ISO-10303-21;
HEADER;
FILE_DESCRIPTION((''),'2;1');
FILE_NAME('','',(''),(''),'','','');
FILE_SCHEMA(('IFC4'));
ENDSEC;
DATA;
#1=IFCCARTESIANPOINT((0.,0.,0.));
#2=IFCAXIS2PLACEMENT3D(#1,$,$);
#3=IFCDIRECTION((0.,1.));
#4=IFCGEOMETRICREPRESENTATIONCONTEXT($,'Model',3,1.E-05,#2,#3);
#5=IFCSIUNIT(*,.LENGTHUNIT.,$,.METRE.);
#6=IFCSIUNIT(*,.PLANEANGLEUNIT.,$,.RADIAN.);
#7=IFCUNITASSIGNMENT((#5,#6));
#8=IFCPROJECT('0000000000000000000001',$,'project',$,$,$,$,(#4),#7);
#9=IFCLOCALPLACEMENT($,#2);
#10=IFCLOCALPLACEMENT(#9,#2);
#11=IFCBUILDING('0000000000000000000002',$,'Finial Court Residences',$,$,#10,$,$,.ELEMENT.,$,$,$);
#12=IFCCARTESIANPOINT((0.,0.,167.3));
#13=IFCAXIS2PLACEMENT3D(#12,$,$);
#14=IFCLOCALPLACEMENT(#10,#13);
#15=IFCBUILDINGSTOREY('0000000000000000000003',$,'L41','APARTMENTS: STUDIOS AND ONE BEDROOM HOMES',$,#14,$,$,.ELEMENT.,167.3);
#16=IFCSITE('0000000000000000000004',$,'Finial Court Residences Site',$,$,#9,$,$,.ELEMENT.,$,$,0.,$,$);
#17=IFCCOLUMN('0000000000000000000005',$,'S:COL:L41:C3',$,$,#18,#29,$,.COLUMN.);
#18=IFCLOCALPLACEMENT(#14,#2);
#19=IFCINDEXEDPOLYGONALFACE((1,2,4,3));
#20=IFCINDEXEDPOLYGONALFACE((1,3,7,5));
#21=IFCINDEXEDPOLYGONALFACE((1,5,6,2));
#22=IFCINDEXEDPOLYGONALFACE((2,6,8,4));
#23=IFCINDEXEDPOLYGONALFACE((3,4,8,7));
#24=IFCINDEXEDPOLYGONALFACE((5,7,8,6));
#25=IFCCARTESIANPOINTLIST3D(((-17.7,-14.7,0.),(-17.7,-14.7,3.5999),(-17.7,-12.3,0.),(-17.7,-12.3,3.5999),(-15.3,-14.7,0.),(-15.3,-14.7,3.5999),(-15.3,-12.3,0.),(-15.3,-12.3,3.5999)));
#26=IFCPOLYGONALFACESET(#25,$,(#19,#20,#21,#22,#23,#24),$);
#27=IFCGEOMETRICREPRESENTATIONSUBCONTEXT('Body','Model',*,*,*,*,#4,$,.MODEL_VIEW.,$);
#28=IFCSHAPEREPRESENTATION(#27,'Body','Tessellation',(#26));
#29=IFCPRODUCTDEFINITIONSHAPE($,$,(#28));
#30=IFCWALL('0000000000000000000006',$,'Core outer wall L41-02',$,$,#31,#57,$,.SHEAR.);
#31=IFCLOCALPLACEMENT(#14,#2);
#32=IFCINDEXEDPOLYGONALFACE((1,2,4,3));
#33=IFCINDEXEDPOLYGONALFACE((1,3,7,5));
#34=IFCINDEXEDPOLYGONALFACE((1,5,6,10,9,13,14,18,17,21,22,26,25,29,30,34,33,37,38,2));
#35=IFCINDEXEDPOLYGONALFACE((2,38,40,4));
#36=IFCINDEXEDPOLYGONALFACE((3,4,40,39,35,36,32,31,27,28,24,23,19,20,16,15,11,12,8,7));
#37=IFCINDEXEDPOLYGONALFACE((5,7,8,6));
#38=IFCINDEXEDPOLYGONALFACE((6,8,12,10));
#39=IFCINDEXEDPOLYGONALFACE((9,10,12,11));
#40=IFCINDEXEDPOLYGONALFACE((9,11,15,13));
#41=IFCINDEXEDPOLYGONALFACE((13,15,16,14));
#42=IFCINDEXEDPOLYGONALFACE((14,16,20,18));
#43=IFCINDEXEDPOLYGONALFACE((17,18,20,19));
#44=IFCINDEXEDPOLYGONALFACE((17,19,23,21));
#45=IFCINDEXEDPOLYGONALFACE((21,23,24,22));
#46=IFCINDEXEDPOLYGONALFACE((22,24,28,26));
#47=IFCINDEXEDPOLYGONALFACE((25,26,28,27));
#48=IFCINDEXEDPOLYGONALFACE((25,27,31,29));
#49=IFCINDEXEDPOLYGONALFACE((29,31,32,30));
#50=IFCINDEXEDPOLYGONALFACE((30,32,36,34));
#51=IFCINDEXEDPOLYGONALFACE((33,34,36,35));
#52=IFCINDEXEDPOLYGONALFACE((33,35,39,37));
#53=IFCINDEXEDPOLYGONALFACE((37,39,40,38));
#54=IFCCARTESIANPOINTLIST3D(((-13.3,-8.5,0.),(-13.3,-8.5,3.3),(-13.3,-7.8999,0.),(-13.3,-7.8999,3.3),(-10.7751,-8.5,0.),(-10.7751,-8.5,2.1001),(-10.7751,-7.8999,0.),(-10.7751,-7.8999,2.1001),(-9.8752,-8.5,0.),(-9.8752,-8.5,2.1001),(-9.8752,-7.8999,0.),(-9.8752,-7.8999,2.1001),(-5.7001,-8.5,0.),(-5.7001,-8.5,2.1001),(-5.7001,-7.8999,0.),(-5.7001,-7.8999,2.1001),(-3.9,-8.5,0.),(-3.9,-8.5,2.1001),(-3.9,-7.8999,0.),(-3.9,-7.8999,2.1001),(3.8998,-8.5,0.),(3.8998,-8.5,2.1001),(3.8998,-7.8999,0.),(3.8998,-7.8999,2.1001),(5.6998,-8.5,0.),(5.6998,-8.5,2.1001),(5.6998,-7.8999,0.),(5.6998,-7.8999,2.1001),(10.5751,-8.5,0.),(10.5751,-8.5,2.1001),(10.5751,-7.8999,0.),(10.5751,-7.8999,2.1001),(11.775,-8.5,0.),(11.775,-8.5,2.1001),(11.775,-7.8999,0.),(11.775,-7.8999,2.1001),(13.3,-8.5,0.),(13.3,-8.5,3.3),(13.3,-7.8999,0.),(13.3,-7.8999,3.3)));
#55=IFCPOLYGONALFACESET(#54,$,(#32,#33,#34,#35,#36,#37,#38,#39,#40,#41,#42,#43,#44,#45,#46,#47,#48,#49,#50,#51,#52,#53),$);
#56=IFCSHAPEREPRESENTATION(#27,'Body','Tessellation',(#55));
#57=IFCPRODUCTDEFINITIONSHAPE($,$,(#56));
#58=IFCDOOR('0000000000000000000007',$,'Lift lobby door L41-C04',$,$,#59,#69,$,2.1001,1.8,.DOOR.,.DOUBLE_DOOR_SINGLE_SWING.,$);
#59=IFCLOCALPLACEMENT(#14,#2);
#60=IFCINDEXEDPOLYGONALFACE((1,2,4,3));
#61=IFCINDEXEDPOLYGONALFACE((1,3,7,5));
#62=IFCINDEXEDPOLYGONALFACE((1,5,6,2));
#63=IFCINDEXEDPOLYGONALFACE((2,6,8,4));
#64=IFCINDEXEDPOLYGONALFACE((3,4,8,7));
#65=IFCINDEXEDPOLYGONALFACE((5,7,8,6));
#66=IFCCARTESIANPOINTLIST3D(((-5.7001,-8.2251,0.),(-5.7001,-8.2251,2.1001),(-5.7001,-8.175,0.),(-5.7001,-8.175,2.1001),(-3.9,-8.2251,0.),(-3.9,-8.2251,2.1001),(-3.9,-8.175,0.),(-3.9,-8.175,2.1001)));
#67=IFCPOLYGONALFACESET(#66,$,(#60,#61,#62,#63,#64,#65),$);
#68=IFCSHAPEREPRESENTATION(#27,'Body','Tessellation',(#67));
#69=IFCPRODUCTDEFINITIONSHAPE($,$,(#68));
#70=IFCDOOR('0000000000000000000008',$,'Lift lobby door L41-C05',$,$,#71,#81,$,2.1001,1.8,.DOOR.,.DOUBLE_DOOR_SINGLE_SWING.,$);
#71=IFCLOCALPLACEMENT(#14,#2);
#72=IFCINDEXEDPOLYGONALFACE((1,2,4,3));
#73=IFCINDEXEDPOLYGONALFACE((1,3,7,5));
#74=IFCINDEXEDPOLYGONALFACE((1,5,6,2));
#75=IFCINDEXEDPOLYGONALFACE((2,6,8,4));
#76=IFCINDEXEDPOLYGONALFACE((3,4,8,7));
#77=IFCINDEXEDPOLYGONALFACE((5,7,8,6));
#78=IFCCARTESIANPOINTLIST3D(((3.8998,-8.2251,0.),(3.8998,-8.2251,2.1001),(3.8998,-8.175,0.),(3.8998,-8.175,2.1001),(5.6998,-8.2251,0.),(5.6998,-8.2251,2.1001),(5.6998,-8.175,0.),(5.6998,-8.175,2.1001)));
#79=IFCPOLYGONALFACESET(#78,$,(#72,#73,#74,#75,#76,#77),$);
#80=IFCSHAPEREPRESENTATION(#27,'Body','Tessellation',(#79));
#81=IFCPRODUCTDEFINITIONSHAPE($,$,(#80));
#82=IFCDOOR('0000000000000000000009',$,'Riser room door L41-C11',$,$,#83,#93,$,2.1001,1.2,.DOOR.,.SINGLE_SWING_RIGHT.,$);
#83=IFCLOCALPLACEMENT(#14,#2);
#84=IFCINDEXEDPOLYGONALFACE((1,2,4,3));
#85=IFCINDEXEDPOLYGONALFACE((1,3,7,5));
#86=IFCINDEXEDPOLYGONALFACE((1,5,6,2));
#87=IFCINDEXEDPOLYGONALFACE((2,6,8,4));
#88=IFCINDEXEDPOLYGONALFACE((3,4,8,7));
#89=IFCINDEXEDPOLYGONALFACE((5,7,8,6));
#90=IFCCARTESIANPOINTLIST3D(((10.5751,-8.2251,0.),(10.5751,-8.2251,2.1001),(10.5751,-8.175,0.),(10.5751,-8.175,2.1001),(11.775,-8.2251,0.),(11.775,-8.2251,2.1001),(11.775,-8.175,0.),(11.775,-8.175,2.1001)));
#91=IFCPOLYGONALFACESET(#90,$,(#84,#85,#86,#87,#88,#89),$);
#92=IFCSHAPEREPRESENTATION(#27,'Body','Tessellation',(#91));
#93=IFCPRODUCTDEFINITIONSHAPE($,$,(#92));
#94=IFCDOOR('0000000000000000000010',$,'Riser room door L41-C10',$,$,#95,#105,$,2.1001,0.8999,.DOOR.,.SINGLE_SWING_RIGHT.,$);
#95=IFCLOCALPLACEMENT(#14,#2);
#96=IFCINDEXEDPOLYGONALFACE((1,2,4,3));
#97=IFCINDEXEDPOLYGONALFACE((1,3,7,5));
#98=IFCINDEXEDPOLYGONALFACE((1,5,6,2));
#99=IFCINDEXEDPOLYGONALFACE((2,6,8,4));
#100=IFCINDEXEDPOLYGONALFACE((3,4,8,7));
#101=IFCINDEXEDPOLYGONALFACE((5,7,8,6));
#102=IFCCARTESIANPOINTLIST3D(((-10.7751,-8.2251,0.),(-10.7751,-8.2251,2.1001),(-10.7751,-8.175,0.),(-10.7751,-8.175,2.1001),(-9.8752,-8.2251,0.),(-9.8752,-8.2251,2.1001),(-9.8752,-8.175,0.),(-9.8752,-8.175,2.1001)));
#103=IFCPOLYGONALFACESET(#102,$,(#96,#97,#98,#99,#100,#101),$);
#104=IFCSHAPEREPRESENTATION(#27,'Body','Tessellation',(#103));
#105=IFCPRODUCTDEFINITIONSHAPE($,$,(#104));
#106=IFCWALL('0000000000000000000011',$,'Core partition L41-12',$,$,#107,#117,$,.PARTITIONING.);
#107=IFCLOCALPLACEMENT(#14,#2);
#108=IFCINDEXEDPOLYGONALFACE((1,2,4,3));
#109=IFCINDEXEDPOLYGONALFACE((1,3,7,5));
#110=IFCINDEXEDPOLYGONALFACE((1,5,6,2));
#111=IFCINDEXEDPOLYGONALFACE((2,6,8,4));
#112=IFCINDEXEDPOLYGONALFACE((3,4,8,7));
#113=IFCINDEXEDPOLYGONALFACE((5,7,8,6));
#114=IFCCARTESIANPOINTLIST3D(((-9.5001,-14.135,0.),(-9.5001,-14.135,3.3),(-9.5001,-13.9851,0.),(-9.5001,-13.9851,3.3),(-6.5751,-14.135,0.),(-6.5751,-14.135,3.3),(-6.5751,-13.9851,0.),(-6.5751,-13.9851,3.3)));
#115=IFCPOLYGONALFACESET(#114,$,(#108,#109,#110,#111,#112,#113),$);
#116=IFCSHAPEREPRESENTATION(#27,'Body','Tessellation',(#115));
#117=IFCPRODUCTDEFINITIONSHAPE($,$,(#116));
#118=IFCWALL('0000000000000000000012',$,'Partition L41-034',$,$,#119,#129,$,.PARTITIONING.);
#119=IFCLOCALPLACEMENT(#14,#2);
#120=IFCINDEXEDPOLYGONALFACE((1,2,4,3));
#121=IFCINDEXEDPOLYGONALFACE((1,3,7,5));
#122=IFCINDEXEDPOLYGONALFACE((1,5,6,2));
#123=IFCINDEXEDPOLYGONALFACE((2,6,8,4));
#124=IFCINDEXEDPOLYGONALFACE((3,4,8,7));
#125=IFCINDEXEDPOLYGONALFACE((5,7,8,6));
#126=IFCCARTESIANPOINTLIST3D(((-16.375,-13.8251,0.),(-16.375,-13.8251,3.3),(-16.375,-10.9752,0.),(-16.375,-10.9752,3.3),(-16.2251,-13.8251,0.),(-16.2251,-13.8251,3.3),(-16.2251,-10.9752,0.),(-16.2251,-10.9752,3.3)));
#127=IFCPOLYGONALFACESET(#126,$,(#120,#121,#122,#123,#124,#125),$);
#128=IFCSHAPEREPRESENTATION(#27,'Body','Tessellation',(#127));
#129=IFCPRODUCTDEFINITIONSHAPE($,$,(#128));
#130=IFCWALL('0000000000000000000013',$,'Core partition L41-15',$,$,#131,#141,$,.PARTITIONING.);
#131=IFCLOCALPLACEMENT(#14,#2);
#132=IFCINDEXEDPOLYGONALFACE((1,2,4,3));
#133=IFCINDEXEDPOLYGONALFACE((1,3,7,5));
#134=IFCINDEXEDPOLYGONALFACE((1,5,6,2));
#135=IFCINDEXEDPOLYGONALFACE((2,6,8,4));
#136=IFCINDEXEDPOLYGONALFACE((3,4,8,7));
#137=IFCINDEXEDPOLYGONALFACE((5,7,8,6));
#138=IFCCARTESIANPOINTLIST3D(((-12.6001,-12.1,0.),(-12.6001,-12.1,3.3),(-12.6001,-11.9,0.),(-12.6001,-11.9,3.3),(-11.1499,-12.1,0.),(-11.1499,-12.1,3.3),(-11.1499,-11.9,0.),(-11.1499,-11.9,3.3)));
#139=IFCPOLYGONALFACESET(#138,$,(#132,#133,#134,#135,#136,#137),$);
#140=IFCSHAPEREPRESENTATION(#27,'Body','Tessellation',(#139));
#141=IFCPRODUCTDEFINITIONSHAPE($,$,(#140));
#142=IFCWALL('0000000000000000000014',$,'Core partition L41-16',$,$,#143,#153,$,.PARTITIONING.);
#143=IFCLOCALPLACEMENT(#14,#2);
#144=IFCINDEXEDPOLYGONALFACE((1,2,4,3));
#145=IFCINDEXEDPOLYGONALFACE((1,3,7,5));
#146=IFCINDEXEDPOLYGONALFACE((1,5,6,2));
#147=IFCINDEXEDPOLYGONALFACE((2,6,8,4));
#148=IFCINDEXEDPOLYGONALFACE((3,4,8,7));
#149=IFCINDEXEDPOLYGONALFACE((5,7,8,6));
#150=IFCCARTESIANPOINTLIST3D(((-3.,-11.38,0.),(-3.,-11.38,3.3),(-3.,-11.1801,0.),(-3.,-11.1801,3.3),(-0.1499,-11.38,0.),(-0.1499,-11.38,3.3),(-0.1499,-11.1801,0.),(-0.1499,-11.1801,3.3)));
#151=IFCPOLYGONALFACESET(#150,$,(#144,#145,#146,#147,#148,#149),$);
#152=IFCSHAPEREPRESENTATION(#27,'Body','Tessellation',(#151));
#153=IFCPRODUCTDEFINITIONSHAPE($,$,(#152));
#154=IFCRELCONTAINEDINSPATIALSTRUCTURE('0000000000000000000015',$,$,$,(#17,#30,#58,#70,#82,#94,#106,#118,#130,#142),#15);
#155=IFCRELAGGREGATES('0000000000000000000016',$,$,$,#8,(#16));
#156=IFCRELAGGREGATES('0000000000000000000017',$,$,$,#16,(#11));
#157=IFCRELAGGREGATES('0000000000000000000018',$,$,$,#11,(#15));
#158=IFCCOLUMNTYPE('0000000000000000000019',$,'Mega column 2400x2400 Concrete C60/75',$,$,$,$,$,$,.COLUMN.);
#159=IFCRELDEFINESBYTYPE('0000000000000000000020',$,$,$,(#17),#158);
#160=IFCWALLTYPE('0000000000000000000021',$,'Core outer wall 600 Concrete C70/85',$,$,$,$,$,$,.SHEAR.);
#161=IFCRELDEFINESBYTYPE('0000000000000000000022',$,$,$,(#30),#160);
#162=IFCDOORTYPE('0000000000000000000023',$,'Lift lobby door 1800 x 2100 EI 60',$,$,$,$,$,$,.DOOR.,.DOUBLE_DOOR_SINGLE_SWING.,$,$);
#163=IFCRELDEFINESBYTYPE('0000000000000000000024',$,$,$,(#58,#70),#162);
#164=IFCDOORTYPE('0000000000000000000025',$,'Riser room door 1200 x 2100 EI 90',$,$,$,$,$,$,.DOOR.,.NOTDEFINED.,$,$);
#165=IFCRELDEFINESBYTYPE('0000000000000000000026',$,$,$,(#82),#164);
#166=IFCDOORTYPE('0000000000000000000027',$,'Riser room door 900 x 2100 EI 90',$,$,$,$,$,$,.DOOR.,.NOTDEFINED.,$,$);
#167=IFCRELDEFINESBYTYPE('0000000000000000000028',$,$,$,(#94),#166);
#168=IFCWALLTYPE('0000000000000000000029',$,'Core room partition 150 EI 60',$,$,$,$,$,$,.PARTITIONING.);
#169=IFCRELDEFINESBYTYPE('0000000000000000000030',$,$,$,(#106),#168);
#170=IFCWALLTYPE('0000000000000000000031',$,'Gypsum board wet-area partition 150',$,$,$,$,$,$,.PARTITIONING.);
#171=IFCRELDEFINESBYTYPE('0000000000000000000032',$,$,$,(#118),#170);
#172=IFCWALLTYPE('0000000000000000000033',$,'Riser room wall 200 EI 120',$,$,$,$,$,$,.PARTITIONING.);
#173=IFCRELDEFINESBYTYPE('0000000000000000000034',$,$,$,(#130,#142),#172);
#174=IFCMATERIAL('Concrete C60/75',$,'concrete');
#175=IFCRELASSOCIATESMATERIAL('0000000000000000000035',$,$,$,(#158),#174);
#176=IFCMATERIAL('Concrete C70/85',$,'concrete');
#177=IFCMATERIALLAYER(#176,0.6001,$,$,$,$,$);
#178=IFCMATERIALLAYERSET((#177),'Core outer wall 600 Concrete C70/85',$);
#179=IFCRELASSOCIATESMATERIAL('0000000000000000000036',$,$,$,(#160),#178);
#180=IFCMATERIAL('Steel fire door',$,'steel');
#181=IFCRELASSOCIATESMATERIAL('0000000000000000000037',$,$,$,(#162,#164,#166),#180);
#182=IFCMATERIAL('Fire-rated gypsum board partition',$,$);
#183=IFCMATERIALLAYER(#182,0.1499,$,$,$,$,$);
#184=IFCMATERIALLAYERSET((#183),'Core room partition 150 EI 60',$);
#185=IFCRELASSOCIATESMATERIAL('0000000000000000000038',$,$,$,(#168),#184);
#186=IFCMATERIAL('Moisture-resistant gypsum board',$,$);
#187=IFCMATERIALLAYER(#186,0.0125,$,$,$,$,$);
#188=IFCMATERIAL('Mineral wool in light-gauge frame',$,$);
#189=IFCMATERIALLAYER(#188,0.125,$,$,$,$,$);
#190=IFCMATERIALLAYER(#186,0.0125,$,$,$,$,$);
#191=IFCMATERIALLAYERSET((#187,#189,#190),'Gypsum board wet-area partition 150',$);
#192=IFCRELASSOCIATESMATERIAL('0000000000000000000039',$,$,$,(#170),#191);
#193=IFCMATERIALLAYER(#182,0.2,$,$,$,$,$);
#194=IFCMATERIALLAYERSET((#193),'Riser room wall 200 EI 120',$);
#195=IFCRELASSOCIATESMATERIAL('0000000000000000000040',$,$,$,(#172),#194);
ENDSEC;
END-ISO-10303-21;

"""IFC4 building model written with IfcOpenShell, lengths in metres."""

from ifc_helpers import new_model, si_unit, direction, frame, frame_2d, origin, origin_2d, place, context, subcontext, project, spatial, rectangle, extrude, material, layer, layer_set, material_profile, profile_set, type_object, element, fill, save


model = new_model("IFC4")

# Units and contexts
model_context = context("Model", 3, precision=1e-05, world=origin(), true_north=direction((0.0, 1.0)))
body_context = subcontext(model_context, "Body", "Model", "MODEL_VIEW")
ifc_project = project(units=[si_unit("LENGTHUNIT", "METRE"), si_unit("PLANEANGLEUNIT", "RADIAN")], contexts=[model_context])

# Site, building, storey
site_placement = place(None, origin())
site = spatial("IfcSite", under=ifc_project, at=site_placement, Name="Finial Court Residences Site", CompositionType="ELEMENT", RefElevation=0.0)
building_placement = place(site_placement, origin())
building = spatial("IfcBuilding", under=site, at=building_placement, Name="Finial Court Residences", CompositionType="ELEMENT")
storey_placement = place(building_placement, frame((0.0, 0.0, 167.3)))
storey = spatial("IfcBuildingStorey", under=building, at=storey_placement, Name="L41", Description="APARTMENTS: STUDIOS AND ONE BEDROOM HOMES", CompositionType="ELEMENT", Elevation=167.3)

# Column
ifc_material_1 = material(Name="Concrete C60/75", Category="concrete")
ifc_material_profile = material_profile(ifc_material_1, rectangle(XDim=2.3999, YDim=2.3999, at=origin_2d()), Name="2400x2400")
ifc_profile_set = profile_set([ifc_material_profile], Name="Concrete C60/75")
column_type = type_object("IfcColumnType", Name="Mega column 2400x2400 Concrete C60/75", PredefinedType="COLUMN", material=ifc_profile_set)
column_placement = place(storey_placement, frame((-16.5, -13.5, 0.0), z_axis=(0.0, 0.0, 1.0), x_axis=(1.0, 0.0, 0.0)))
element("IfcColumn", 1, at=column_placement, inside=storey, type_object=column_type, Name="S:COL:L41:C3", PredefinedType="COLUMN", context=body_context, shape_type="SweptSolid", body=[
    extrude(rectangle(XDim=2.3999, YDim=2.3999, at=origin_2d()), origin(), (0.0, 0.0, 1.0), 3.5999),
])

# Wall, openings, doors
ifc_material_2 = material(Name="Concrete C70/85", Category="concrete")
ifc_layer_1 = layer(ifc_material_2, 0.6001)
ifc_layer_set_1 = layer_set([ifc_layer_1], Name="Core outer wall 600 Concrete C70/85")
wall_type_1 = type_object("IfcWallType", Name="Core outer wall 600 Concrete C70/85", PredefinedType="SHEAR", material=ifc_layer_set_1)
wall_1_placement = place(storey_placement, frame((-13.3, -8.2, 0.0), z_axis=(0.0, 0.0, 1.0), x_axis=(1.0, 0.0, 0.0)))
wall_1 = element("IfcWall", 2, at=wall_1_placement, inside=storey, type_object=wall_type_1, Name="Core outer wall L41-02", PredefinedType="SHEAR", context=body_context, shape_type="SweptSolid", body=[
    extrude(rectangle(XDim=26.6001, YDim=0.6001, at=frame_2d((13.3, 0.0))), origin(), (0.0, 0.0, 1.0), 3.3),
])
opening_1_placement = place(wall_1_placement, frame((7.6001, 0.0, 0.0)))
opening_1 = element("IfcOpeningElement", 3, at=opening_1_placement, cuts=wall_1, PredefinedType="OPENING", context=body_context, shape_type="SweptSolid", body=[
    extrude(rectangle(XDim=1.8, YDim=2.1001, at=frame_2d((0.8999, 1.05))), frame((0.0, 0.3101, 0.0), z_axis=(0.0, -1.0, 0.0), x_axis=(1.0, 0.0, 0.0)), (0.0, 0.0, 1.0), 0.6201),
])
opening_2_placement = place(wall_1_placement, frame((17.2, 0.0, 0.0)))
opening_2 = element("IfcOpeningElement", 4, at=opening_2_placement, cuts=wall_1, PredefinedType="OPENING", context=body_context, shape_type="SweptSolid", body=[
    extrude(rectangle(XDim=1.8, YDim=2.1001, at=frame_2d((0.8999, 1.05))), frame((0.0, 0.3101, 0.0), z_axis=(0.0, -1.0, 0.0), x_axis=(1.0, 0.0, 0.0)), (0.0, 0.0, 1.0), 0.6201),
])
opening_3_placement = place(wall_1_placement, frame((2.5249, 0.0, 0.0)))
opening_3 = element("IfcOpeningElement", 5, at=opening_3_placement, cuts=wall_1, PredefinedType="OPENING", context=body_context, shape_type="SweptSolid", body=[
    extrude(rectangle(XDim=0.8999, YDim=2.1001, at=frame_2d((0.45, 1.05))), frame((0.0, 0.3101, 0.0), z_axis=(0.0, -1.0, 0.0), x_axis=(1.0, 0.0, 0.0)), (0.0, 0.0, 1.0), 0.6201),
])
opening_4_placement = place(wall_1_placement, frame((23.875, 0.0, 0.0)))
opening_4 = element("IfcOpeningElement", 6, at=opening_4_placement, cuts=wall_1, PredefinedType="OPENING", context=body_context, shape_type="SweptSolid", body=[
    extrude(rectangle(XDim=1.2, YDim=2.1001, at=frame_2d((0.6001, 1.05))), frame((0.0, 0.3101, 0.0), z_axis=(0.0, -1.0, 0.0), x_axis=(1.0, 0.0, 0.0)), (0.0, 0.0, 1.0), 0.6201),
])
ifc_material_3 = material(Name="Steel fire door", Category="steel")
door_type_1 = type_object("IfcDoorType", Name="Lift lobby door 1800 x 2100 EI 60", OperationType="DOUBLE_DOOR_SINGLE_SWING", PredefinedType="DOOR", material=ifc_material_3)
door_1_placement = place(opening_1_placement, origin())
door_1 = element("IfcDoor", 7, at=door_1_placement, inside=storey, type_object=door_type_1, Name="Lift lobby door L41-C04", OperationType="DOUBLE_DOOR_SINGLE_SWING", OverallHeight=2.1001, OverallWidth=1.8, PredefinedType="DOOR", context=body_context, shape_type="SweptSolid", body=[
    extrude(rectangle(XDim=1.8, YDim=2.1001, at=frame_2d((0.8999, 1.05))), frame((0.0, 0.0249, 0.0), z_axis=(0.0, -1.0, 0.0), x_axis=(1.0, 0.0, 0.0)), (0.0, 0.0, 1.0), 0.05),
])
fill(opening_1, door_1)
door_2_placement = place(opening_2_placement, origin())
door_2 = element("IfcDoor", 8, at=door_2_placement, inside=storey, type_object=door_type_1, Name="Lift lobby door L41-C05", OperationType="DOUBLE_DOOR_SINGLE_SWING", OverallHeight=2.1001, OverallWidth=1.8, PredefinedType="DOOR", context=body_context, shape_type="SweptSolid", body=[
    extrude(rectangle(XDim=1.8, YDim=2.1001, at=frame_2d((0.8999, 1.05))), frame((0.0, 0.0249, 0.0), z_axis=(0.0, -1.0, 0.0), x_axis=(1.0, 0.0, 0.0)), (0.0, 0.0, 1.0), 0.05),
])
fill(opening_2, door_2)
door_type_2 = type_object("IfcDoorType", Name="Riser room door 1200 x 2100 EI 90", OperationType="NOTDEFINED", PredefinedType="DOOR", material=ifc_material_3)
door_3_placement = place(opening_4_placement, origin())
door_3 = element("IfcDoor", 9, at=door_3_placement, inside=storey, type_object=door_type_2, Name="Riser room door L41-C11", OperationType="SINGLE_SWING_RIGHT", OverallHeight=2.1001, OverallWidth=1.2, PredefinedType="DOOR", context=body_context, shape_type="SweptSolid", body=[
    extrude(rectangle(XDim=1.2, YDim=2.1001, at=frame_2d((0.6001, 1.05))), frame((0.0, 0.0249, 0.0), z_axis=(0.0, -1.0, 0.0), x_axis=(1.0, 0.0, 0.0)), (0.0, 0.0, 1.0), 0.05),
])
fill(opening_4, door_3)
door_type_3 = type_object("IfcDoorType", Name="Riser room door 900 x 2100 EI 90", OperationType="NOTDEFINED", PredefinedType="DOOR", material=ifc_material_3)
door_4_placement = place(opening_3_placement, origin())
door_4 = element("IfcDoor", 10, at=door_4_placement, inside=storey, type_object=door_type_3, Name="Riser room door L41-C10", OperationType="SINGLE_SWING_RIGHT", OverallHeight=2.1001, OverallWidth=0.8999, PredefinedType="DOOR", context=body_context, shape_type="SweptSolid", body=[
    extrude(rectangle(XDim=0.8999, YDim=2.1001, at=frame_2d((0.45, 1.05))), frame((0.0, 0.0249, 0.0), z_axis=(0.0, -1.0, 0.0), x_axis=(1.0, 0.0, 0.0)), (0.0, 0.0, 1.0), 0.05),
])
fill(opening_3, door_4)

# Walls
ifc_material_4 = material(Name="Fire-rated gypsum board partition")
ifc_layer_2 = layer(ifc_material_4, 0.1499)
ifc_layer_set_2 = layer_set([ifc_layer_2], Name="Core room partition 150 EI 60")
wall_type_2 = type_object("IfcWallType", Name="Core room partition 150 EI 60", PredefinedType="PARTITIONING", material=ifc_layer_set_2)
wall_2_placement = place(storey_placement, frame((-9.5, -14.0601, 0.0), z_axis=(0.0, 0.0, 1.0), x_axis=(1.0, 0.0, 0.0)))
element("IfcWall", 11, at=wall_2_placement, inside=storey, type_object=wall_type_2, Name="Core partition L41-12", PredefinedType="PARTITIONING", context=body_context, shape_type="SweptSolid", body=[
    extrude(rectangle(XDim=2.925, YDim=0.1499, at=frame_2d((1.4624, 0.0))), origin(), (0.0, 0.0, 1.0), 3.3),
])
ifc_material_5 = material(Name="Moisture-resistant gypsum board")
ifc_layer_3 = layer(ifc_material_5, 0.0125)
ifc_material_6 = material(Name="Mineral wool in light-gauge frame")
ifc_layer_4 = layer(ifc_material_6, 0.125)
ifc_layer_5 = layer(ifc_material_5, 0.0125)
ifc_layer_set_3 = layer_set([ifc_layer_3, ifc_layer_4, ifc_layer_5], Name="Gypsum board wet-area partition 150")
wall_type_3 = type_object("IfcWallType", Name="Gypsum board wet-area partition 150", PredefinedType="PARTITIONING", material=ifc_layer_set_3)
wall_3_placement = place(storey_placement, frame((-16.3, -13.825, 0.0), z_axis=(0.0, 0.0, 1.0), x_axis=(0.0, 1.0, 0.0)))
element("IfcWall", 12, at=wall_3_placement, inside=storey, type_object=wall_type_3, Name="Partition L41-034", PredefinedType="PARTITIONING", context=body_context, shape_type="SweptSolid", body=[
    extrude(rectangle(XDim=2.8499, YDim=0.1499, at=frame_2d((1.4248, 0.0))), origin(), (0.0, 0.0, 1.0), 3.3),
])
ifc_layer_6 = layer(ifc_material_4, 0.2)
ifc_layer_set_4 = layer_set([ifc_layer_6], Name="Riser room wall 200 EI 120")
wall_type_4 = type_object("IfcWallType", Name="Riser room wall 200 EI 120", PredefinedType="PARTITIONING", material=ifc_layer_set_4)
wall_4_placement = place(storey_placement, frame((-12.6001, -12.0, 0.0), z_axis=(0.0, 0.0, 1.0), x_axis=(1.0, 0.0, 0.0)))
element("IfcWall", 13, at=wall_4_placement, inside=storey, type_object=wall_type_4, Name="Core partition L41-15", PredefinedType="PARTITIONING", context=body_context, shape_type="SweptSolid", body=[
    extrude(rectangle(XDim=1.4502, YDim=0.2, at=frame_2d((0.7251, 0.0))), origin(), (0.0, 0.0, 1.0), 3.3),
])
wall_5_placement = place(storey_placement, frame((-3.0, -11.28, 0.0), z_axis=(0.0, 0.0, 1.0), x_axis=(1.0, 0.0, 0.0)))
element("IfcWall", 14, at=wall_5_placement, inside=storey, type_object=wall_type_4, Name="Core partition L41-16", PredefinedType="PARTITIONING", context=body_context, shape_type="SweptSolid", body=[
    extrude(rectangle(XDim=2.8501, YDim=0.2, at=frame_2d((1.425, 0.0))), origin(), (0.0, 0.0, 1.0), 3.3),
])

save(model, "model.ifc")
